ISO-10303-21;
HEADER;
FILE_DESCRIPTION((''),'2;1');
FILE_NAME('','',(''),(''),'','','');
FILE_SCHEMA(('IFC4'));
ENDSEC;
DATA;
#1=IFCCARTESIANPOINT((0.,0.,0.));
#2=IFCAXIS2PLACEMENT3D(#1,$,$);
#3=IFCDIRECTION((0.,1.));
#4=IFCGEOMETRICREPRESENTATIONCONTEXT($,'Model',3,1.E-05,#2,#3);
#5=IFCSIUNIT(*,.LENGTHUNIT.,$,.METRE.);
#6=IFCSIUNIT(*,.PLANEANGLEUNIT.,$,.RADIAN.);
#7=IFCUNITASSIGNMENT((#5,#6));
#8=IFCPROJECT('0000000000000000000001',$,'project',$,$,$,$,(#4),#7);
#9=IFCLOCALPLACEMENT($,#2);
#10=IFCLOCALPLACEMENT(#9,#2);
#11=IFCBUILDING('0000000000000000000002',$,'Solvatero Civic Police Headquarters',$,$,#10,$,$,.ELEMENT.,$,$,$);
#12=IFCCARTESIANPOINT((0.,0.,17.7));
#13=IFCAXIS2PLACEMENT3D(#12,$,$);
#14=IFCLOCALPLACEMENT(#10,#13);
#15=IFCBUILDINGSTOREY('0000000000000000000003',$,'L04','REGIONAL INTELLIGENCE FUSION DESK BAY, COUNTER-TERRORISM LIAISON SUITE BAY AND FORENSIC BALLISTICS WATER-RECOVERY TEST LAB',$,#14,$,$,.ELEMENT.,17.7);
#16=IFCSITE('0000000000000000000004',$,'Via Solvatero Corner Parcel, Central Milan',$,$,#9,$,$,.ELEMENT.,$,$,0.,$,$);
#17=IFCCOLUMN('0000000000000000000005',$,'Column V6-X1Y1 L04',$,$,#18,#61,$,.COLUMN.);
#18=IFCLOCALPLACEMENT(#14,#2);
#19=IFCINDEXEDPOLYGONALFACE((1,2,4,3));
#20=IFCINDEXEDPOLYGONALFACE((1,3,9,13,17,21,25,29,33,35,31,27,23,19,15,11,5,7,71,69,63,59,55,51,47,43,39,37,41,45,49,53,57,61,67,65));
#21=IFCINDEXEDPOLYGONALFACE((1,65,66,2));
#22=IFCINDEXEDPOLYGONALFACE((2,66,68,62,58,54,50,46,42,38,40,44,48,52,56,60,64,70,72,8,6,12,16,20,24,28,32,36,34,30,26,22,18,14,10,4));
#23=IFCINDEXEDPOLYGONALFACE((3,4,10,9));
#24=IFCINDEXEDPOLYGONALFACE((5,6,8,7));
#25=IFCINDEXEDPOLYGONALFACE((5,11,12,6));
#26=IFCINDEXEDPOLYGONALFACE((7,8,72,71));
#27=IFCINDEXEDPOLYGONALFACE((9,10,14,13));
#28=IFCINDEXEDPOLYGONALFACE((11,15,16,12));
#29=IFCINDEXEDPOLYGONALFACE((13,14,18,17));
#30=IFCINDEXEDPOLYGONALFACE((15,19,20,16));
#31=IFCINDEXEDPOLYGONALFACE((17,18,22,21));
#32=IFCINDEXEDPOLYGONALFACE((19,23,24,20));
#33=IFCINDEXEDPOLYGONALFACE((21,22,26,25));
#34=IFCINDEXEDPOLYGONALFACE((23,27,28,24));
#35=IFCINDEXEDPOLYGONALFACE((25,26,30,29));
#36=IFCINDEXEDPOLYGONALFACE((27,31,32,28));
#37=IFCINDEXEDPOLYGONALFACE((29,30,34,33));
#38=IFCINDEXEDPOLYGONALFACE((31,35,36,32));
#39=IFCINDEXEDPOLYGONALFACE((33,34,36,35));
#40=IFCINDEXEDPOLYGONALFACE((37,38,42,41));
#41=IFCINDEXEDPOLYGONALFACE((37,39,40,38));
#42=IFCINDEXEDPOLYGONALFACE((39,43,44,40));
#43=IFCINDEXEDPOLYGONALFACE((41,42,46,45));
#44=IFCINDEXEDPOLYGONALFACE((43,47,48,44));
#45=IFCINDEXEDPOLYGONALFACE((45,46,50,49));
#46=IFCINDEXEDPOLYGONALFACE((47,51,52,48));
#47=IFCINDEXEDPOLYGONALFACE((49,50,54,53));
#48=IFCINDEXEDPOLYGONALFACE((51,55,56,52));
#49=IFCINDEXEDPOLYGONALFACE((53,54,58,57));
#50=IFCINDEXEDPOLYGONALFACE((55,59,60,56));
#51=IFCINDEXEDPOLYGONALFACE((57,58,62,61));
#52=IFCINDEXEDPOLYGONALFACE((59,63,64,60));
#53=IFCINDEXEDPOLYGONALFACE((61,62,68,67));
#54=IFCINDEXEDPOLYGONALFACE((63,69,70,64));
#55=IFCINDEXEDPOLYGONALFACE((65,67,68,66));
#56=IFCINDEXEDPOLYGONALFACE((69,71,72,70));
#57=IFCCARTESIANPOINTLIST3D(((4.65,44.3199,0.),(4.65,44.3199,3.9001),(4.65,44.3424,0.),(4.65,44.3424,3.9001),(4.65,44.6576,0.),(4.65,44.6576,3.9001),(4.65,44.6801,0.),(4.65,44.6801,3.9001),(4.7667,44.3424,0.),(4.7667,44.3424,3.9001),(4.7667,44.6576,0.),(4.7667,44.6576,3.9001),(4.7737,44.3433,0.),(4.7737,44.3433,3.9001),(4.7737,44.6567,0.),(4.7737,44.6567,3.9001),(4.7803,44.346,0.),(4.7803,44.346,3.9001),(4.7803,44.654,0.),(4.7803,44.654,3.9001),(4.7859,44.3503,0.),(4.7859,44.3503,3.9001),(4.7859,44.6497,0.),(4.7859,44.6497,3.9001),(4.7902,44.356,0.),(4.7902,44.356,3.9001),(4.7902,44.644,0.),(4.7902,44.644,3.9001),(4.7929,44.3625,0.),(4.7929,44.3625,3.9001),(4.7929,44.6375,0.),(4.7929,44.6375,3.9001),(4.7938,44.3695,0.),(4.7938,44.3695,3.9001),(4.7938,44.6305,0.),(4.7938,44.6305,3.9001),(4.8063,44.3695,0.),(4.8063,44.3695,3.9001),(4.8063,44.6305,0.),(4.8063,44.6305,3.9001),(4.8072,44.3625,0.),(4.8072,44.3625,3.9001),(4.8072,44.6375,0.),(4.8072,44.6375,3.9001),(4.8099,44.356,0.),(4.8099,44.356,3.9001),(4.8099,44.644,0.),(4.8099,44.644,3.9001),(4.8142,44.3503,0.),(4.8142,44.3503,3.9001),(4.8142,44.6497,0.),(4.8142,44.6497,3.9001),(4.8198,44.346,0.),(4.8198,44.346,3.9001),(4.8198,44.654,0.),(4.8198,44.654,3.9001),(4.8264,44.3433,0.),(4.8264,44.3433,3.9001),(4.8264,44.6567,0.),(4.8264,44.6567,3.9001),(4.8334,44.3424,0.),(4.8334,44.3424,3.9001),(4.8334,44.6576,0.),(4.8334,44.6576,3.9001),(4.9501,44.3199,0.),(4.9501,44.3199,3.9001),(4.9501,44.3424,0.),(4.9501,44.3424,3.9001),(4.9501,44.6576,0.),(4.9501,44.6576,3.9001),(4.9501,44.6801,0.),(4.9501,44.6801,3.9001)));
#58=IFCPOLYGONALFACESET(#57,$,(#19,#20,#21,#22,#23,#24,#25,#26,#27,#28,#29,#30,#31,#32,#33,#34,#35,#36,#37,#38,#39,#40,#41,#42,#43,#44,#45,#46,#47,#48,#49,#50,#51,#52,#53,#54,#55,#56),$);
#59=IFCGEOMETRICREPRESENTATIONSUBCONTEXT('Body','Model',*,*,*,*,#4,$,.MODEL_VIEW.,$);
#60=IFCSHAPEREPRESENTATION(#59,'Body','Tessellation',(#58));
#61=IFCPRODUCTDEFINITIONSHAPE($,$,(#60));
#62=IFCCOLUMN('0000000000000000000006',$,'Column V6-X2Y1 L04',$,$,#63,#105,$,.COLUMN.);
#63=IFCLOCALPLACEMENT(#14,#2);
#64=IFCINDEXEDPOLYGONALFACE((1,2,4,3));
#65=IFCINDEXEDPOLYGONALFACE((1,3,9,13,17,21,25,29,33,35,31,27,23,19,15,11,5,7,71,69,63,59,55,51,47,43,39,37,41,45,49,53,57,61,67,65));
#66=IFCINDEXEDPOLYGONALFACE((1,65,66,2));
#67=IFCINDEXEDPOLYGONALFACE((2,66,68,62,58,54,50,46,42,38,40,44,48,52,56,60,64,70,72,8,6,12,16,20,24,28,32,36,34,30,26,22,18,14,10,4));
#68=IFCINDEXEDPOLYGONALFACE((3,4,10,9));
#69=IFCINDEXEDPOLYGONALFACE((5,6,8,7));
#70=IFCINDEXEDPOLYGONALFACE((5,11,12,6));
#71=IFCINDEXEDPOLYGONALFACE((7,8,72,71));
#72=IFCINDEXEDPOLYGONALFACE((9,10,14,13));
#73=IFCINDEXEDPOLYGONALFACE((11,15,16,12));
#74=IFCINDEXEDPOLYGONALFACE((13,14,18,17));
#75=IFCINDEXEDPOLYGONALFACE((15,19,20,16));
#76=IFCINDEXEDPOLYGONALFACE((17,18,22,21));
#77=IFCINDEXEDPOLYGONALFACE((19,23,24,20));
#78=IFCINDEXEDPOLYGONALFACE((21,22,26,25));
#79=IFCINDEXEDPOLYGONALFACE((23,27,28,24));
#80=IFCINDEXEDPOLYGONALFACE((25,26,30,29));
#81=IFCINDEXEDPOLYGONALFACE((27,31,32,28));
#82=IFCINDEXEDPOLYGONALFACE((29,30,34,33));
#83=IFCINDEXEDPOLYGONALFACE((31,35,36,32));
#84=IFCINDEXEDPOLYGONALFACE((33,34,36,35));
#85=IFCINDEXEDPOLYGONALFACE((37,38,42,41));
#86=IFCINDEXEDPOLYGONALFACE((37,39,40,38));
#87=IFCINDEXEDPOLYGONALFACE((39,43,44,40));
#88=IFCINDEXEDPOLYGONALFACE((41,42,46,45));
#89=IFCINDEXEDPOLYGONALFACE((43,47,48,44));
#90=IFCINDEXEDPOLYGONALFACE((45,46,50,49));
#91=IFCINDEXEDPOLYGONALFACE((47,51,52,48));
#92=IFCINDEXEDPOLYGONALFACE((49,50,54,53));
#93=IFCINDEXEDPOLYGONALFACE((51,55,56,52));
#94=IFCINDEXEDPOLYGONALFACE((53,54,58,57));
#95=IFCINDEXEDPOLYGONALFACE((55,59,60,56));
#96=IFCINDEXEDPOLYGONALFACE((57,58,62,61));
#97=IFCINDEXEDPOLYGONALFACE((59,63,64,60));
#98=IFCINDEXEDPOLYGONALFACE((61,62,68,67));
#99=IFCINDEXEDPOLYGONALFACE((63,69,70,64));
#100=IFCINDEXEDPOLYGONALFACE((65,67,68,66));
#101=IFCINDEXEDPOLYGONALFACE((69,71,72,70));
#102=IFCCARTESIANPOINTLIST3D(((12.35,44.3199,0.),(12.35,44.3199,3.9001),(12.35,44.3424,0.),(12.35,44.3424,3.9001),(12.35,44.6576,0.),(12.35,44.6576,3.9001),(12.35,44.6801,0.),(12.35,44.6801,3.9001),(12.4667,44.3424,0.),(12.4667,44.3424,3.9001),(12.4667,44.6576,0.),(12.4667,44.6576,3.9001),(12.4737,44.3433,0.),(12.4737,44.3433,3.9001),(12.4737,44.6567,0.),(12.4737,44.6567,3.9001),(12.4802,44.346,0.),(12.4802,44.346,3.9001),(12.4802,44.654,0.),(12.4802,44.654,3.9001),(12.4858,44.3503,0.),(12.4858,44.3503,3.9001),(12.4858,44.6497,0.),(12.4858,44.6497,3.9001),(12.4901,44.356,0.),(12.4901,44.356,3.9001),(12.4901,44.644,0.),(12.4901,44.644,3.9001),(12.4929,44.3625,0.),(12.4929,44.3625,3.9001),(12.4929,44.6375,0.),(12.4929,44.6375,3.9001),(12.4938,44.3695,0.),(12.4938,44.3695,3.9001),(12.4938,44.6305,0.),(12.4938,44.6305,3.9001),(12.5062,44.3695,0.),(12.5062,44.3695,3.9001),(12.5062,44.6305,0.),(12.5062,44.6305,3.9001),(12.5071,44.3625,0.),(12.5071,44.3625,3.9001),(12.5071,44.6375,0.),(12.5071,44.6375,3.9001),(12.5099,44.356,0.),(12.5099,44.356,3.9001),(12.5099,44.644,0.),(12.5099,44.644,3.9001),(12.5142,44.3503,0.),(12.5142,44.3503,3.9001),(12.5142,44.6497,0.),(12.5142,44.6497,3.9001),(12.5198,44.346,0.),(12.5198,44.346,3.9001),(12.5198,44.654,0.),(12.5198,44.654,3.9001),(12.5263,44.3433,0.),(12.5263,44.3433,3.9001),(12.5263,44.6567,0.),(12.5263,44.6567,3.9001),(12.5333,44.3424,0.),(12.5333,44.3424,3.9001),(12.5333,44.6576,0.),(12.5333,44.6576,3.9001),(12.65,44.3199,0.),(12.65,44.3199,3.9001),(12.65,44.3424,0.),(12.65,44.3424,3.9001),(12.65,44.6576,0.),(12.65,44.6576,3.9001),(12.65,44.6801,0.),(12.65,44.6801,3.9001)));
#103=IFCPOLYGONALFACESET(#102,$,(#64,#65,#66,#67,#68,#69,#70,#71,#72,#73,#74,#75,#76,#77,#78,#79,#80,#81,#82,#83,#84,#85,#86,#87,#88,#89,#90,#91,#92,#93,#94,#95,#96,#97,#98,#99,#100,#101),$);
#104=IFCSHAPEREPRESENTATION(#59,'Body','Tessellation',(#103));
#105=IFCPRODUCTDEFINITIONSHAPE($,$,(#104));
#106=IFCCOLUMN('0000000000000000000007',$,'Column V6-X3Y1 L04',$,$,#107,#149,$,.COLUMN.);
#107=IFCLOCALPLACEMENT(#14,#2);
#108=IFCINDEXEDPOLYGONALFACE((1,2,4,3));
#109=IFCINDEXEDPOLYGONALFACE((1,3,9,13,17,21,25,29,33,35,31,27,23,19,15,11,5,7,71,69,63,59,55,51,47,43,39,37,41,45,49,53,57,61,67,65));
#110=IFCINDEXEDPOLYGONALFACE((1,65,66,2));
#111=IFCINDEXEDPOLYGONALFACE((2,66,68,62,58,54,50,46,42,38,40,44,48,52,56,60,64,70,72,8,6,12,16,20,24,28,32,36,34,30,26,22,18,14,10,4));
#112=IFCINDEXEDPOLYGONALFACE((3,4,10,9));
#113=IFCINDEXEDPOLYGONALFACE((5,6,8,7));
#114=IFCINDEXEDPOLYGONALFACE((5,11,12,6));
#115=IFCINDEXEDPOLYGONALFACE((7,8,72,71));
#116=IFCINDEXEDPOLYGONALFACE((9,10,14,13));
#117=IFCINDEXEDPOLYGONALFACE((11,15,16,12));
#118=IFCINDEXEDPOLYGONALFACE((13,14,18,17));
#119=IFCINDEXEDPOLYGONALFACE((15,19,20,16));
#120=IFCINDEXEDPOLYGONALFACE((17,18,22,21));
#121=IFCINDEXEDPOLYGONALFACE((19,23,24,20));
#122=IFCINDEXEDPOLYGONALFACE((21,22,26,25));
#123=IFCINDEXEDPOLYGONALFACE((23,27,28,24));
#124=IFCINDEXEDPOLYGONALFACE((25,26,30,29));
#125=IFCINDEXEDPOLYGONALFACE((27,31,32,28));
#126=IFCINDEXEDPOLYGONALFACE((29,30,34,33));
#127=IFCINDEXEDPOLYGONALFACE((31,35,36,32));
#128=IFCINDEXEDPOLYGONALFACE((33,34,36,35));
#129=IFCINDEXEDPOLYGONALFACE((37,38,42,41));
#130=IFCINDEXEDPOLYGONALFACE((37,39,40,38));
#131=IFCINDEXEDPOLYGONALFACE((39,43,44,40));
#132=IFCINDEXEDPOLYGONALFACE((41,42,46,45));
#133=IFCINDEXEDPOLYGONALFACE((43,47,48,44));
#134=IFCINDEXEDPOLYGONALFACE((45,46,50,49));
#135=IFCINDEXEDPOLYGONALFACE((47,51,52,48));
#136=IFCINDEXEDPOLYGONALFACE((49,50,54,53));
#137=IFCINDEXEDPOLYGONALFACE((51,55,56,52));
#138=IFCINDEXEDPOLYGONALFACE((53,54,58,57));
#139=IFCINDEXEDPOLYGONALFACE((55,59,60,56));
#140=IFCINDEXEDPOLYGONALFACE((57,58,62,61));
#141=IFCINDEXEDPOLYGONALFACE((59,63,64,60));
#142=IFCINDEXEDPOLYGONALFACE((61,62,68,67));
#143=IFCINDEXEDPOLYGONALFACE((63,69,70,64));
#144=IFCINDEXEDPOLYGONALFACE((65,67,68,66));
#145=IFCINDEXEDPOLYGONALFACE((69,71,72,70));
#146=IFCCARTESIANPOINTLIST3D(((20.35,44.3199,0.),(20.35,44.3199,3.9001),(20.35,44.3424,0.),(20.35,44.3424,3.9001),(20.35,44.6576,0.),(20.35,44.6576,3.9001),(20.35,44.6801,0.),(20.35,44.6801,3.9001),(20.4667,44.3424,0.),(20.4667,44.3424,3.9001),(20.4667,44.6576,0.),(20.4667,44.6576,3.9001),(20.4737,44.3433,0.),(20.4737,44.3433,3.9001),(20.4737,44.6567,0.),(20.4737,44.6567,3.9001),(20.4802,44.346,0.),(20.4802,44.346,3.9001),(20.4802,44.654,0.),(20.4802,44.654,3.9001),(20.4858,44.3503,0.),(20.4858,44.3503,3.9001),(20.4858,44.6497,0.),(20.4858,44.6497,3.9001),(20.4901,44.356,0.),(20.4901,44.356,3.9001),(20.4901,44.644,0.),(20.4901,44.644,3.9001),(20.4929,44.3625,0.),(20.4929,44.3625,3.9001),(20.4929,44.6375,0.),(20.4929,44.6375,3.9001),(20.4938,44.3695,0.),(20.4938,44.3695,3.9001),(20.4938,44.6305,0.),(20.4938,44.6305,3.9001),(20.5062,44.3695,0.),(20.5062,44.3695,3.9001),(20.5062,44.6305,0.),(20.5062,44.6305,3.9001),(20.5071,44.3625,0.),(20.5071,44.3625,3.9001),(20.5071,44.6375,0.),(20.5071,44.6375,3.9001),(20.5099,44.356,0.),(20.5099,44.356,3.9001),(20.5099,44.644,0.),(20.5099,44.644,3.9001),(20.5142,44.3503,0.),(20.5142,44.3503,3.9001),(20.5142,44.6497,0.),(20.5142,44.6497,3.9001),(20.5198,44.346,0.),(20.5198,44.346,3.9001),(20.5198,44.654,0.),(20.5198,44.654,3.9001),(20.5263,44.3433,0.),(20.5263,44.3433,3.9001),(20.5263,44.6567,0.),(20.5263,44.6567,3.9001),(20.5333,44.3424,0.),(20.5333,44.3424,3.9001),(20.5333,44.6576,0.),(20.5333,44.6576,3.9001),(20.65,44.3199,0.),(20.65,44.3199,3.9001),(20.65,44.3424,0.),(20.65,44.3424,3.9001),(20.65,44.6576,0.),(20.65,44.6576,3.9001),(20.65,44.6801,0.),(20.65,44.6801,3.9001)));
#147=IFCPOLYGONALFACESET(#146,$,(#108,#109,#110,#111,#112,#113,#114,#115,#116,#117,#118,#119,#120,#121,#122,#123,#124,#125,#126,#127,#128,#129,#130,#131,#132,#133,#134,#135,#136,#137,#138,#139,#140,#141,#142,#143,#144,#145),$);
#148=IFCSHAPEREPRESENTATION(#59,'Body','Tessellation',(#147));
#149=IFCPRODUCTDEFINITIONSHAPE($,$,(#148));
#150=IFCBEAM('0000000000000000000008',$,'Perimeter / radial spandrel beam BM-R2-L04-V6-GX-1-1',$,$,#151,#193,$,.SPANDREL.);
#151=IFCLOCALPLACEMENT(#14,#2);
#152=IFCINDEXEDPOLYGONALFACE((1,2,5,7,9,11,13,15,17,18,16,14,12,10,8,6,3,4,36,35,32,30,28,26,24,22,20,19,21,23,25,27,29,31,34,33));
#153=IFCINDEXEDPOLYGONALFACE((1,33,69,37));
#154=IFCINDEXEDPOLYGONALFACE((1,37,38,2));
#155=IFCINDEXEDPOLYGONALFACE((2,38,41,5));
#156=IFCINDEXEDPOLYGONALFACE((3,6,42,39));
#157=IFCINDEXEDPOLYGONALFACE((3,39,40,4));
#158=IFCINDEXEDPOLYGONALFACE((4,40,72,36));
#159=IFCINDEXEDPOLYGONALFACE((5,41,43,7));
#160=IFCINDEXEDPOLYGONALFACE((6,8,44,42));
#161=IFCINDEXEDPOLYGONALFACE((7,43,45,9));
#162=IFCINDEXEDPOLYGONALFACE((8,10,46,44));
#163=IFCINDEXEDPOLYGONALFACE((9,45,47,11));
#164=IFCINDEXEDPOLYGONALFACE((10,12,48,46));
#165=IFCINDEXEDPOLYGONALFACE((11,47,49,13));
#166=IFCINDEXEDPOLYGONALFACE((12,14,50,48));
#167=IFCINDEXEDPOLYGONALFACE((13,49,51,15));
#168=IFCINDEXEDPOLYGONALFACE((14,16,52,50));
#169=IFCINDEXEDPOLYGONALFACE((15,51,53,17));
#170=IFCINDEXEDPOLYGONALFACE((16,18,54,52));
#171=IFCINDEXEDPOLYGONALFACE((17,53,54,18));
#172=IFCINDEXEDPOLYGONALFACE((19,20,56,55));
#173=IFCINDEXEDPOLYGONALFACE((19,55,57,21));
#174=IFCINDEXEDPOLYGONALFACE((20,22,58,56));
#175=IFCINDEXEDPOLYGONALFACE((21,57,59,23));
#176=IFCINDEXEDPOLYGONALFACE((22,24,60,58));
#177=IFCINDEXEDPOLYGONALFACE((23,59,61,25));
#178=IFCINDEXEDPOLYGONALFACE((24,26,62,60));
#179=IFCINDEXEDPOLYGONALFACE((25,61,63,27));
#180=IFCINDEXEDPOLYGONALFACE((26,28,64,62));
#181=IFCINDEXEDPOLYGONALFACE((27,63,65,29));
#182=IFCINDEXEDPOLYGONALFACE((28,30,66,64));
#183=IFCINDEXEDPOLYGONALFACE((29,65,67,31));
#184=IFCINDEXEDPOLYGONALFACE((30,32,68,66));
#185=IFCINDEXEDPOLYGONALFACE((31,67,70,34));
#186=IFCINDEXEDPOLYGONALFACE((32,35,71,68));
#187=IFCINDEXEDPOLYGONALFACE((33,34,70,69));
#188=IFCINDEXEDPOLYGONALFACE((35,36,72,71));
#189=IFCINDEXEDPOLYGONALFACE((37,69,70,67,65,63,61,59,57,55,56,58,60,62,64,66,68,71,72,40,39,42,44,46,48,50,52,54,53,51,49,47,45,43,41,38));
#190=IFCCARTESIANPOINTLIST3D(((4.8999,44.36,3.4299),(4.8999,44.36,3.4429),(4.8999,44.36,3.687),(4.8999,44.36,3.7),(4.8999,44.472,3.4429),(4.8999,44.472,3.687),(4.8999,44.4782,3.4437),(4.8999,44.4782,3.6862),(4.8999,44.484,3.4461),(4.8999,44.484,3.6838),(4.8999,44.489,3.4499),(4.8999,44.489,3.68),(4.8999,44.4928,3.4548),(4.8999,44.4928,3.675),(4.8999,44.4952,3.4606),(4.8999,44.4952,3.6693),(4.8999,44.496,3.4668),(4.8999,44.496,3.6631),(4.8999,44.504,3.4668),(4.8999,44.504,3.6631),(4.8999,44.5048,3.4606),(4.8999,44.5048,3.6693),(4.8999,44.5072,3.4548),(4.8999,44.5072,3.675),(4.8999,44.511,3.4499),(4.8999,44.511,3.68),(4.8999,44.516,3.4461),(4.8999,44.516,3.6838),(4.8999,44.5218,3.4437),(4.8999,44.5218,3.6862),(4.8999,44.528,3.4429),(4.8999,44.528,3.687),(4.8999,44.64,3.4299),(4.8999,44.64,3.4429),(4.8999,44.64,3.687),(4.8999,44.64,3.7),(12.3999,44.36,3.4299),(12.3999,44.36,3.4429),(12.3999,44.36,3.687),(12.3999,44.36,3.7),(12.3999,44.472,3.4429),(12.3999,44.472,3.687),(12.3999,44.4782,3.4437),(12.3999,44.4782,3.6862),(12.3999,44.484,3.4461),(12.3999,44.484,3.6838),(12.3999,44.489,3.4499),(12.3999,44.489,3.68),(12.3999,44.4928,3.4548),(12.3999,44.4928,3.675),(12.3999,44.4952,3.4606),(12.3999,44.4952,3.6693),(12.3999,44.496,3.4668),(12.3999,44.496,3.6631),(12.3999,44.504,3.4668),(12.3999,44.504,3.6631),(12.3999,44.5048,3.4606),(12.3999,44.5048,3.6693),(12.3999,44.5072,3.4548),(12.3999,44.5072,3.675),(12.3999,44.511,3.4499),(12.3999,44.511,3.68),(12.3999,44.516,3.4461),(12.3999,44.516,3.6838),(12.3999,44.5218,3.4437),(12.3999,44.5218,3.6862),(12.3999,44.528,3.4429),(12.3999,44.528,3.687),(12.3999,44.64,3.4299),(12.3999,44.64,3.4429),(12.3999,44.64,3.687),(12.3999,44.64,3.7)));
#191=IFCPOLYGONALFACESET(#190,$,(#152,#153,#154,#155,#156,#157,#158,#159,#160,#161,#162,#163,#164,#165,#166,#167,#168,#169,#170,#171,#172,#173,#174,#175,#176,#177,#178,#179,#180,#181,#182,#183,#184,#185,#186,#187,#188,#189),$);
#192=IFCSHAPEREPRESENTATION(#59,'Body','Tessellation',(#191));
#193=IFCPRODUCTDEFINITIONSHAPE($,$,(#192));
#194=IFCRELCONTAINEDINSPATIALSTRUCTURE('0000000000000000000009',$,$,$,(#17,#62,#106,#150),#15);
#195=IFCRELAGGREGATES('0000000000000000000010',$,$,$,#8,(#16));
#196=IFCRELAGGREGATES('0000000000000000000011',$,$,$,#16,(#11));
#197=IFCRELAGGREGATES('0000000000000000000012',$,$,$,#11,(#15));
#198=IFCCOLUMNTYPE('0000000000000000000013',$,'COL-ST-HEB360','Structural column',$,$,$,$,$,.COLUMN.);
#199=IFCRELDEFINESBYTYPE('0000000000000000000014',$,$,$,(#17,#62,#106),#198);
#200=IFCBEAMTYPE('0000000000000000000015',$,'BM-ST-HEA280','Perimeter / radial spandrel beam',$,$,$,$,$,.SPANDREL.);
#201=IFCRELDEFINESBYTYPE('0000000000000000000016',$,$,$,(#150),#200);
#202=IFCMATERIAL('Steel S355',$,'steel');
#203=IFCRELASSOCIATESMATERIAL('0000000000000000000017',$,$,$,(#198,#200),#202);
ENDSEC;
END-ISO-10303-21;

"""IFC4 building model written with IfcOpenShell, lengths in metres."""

from ifc_helpers import new_model, si_unit, direction, frame, origin, origin_2d, place, context, subcontext, project, spatial, i_section, extrude, material, material_profile, profile_set, type_object, element, save


model = new_model("IFC4")

# Units and contexts
model_context = context("Model", 3, precision=1e-05, world=origin(), true_north=direction((0.0, 1.0)))
body_context = subcontext(model_context, "Body", "Model", "MODEL_VIEW")
ifc_project = project(units=[si_unit("LENGTHUNIT", "METRE"), si_unit("PLANEANGLEUNIT", "RADIAN")], contexts=[model_context])

# Site, building, storey
site_placement = place(None, origin())
site = spatial("IfcSite", under=ifc_project, at=site_placement, Name="Via Solvatero Corner Parcel, Central Milan", CompositionType="ELEMENT", RefElevation=0.0)
building_placement = place(site_placement, origin())
building = spatial("IfcBuilding", under=site, at=building_placement, Name="Solvatero Civic Police Headquarters", CompositionType="ELEMENT")
storey_placement = place(building_placement, frame((0.0, 0.0, 17.7)))
storey = spatial("IfcBuildingStorey", under=building, at=storey_placement, Name="L04", Description="REGIONAL INTELLIGENCE FUSION DESK BAY, COUNTER-TERRORISM LIAISON SUITE BAY AND FORENSIC BALLISTICS WATER-RECOVERY TEST LAB", CompositionType="ELEMENT", Elevation=17.7)

# Columns
ifc_material_1 = material(Name="Steel S355", Category="steel")
ifc_material_profile_1 = material_profile(ifc_material_1, i_section(OverallWidth=0.3, OverallDepth=0.3601, WebThickness=0.0125, FlangeThickness=0.0225, FilletRadius=0.0271, at=origin_2d()), Name="HEB 360")
ifc_profile_set_1 = profile_set([ifc_material_profile_1], Name="Steel S355")
column_type = type_object("IfcColumnType", Name="COL-ST-HEB360", Description="Structural column", PredefinedType="COLUMN", material=ifc_profile_set_1)
for number, where, z_axis, x_axis, name in (
    (1, (4.8, 44.5, 0.0), (0.0, 0.0, 1.0), (1.0, 0.0, 0.0), "Column V6-X1Y1 L04"),
    (2, (12.5, 44.5, 0.0), (0.0, 0.0, 1.0), (1.0, 0.0, 0.0), "Column V6-X2Y1 L04"),
    (3, (20.5, 44.5, 0.0), (0.0, 0.0, 1.0), (1.0, 0.0, 0.0), "Column V6-X3Y1 L04"),
):
    element("IfcColumn", number, at=place(storey_placement, frame(where, z_axis=z_axis, x_axis=x_axis)), inside=storey, type_object=column_type, Name=name, PredefinedType="COLUMN", context=body_context, shape_type="SweptSolid", body=[
        extrude(i_section(OverallWidth=0.3, OverallDepth=0.3601, WebThickness=0.0125, FlangeThickness=0.0225, FilletRadius=0.0271, at=origin_2d()), origin(), (0.0, 0.0, 1.0), 3.9001),
    ])

# Beam
ifc_material_profile_2 = material_profile(ifc_material_1, i_section(OverallWidth=0.28, OverallDepth=0.27, WebThickness=0.0081, FlangeThickness=0.0129, FilletRadius=0.0239, at=origin_2d()), Name="HEA 280")
ifc_profile_set_2 = profile_set([ifc_material_profile_2], Name="Steel S355")
beam_type_1 = type_object("IfcBeamType", Name="BM-ST-HEA280", Description="Perimeter / radial spandrel beam", PredefinedType="SPANDREL", material=ifc_profile_set_2)
beam_1_placement = place(storey_placement, frame((4.8999, 44.5, 3.5649), z_axis=(1.0, 0.0, 0.0), x_axis=(0.0, 1.0, 0.0)))
element("IfcBeam", 4, at=beam_1_placement, inside=storey, type_object=beam_type_1, Name="Perimeter / radial spandrel beam BM-R2-L04-V6-GX-1-1", PredefinedType="SPANDREL", context=body_context, shape_type="SweptSolid", body=[
    extrude(i_section(OverallWidth=0.28, OverallDepth=0.27, WebThickness=0.0081, FlangeThickness=0.0129, FilletRadius=0.0239, at=origin_2d()), origin(), (0.0, 0.0, 1.0), 7.5),
])

save(model, "model.ifc")
